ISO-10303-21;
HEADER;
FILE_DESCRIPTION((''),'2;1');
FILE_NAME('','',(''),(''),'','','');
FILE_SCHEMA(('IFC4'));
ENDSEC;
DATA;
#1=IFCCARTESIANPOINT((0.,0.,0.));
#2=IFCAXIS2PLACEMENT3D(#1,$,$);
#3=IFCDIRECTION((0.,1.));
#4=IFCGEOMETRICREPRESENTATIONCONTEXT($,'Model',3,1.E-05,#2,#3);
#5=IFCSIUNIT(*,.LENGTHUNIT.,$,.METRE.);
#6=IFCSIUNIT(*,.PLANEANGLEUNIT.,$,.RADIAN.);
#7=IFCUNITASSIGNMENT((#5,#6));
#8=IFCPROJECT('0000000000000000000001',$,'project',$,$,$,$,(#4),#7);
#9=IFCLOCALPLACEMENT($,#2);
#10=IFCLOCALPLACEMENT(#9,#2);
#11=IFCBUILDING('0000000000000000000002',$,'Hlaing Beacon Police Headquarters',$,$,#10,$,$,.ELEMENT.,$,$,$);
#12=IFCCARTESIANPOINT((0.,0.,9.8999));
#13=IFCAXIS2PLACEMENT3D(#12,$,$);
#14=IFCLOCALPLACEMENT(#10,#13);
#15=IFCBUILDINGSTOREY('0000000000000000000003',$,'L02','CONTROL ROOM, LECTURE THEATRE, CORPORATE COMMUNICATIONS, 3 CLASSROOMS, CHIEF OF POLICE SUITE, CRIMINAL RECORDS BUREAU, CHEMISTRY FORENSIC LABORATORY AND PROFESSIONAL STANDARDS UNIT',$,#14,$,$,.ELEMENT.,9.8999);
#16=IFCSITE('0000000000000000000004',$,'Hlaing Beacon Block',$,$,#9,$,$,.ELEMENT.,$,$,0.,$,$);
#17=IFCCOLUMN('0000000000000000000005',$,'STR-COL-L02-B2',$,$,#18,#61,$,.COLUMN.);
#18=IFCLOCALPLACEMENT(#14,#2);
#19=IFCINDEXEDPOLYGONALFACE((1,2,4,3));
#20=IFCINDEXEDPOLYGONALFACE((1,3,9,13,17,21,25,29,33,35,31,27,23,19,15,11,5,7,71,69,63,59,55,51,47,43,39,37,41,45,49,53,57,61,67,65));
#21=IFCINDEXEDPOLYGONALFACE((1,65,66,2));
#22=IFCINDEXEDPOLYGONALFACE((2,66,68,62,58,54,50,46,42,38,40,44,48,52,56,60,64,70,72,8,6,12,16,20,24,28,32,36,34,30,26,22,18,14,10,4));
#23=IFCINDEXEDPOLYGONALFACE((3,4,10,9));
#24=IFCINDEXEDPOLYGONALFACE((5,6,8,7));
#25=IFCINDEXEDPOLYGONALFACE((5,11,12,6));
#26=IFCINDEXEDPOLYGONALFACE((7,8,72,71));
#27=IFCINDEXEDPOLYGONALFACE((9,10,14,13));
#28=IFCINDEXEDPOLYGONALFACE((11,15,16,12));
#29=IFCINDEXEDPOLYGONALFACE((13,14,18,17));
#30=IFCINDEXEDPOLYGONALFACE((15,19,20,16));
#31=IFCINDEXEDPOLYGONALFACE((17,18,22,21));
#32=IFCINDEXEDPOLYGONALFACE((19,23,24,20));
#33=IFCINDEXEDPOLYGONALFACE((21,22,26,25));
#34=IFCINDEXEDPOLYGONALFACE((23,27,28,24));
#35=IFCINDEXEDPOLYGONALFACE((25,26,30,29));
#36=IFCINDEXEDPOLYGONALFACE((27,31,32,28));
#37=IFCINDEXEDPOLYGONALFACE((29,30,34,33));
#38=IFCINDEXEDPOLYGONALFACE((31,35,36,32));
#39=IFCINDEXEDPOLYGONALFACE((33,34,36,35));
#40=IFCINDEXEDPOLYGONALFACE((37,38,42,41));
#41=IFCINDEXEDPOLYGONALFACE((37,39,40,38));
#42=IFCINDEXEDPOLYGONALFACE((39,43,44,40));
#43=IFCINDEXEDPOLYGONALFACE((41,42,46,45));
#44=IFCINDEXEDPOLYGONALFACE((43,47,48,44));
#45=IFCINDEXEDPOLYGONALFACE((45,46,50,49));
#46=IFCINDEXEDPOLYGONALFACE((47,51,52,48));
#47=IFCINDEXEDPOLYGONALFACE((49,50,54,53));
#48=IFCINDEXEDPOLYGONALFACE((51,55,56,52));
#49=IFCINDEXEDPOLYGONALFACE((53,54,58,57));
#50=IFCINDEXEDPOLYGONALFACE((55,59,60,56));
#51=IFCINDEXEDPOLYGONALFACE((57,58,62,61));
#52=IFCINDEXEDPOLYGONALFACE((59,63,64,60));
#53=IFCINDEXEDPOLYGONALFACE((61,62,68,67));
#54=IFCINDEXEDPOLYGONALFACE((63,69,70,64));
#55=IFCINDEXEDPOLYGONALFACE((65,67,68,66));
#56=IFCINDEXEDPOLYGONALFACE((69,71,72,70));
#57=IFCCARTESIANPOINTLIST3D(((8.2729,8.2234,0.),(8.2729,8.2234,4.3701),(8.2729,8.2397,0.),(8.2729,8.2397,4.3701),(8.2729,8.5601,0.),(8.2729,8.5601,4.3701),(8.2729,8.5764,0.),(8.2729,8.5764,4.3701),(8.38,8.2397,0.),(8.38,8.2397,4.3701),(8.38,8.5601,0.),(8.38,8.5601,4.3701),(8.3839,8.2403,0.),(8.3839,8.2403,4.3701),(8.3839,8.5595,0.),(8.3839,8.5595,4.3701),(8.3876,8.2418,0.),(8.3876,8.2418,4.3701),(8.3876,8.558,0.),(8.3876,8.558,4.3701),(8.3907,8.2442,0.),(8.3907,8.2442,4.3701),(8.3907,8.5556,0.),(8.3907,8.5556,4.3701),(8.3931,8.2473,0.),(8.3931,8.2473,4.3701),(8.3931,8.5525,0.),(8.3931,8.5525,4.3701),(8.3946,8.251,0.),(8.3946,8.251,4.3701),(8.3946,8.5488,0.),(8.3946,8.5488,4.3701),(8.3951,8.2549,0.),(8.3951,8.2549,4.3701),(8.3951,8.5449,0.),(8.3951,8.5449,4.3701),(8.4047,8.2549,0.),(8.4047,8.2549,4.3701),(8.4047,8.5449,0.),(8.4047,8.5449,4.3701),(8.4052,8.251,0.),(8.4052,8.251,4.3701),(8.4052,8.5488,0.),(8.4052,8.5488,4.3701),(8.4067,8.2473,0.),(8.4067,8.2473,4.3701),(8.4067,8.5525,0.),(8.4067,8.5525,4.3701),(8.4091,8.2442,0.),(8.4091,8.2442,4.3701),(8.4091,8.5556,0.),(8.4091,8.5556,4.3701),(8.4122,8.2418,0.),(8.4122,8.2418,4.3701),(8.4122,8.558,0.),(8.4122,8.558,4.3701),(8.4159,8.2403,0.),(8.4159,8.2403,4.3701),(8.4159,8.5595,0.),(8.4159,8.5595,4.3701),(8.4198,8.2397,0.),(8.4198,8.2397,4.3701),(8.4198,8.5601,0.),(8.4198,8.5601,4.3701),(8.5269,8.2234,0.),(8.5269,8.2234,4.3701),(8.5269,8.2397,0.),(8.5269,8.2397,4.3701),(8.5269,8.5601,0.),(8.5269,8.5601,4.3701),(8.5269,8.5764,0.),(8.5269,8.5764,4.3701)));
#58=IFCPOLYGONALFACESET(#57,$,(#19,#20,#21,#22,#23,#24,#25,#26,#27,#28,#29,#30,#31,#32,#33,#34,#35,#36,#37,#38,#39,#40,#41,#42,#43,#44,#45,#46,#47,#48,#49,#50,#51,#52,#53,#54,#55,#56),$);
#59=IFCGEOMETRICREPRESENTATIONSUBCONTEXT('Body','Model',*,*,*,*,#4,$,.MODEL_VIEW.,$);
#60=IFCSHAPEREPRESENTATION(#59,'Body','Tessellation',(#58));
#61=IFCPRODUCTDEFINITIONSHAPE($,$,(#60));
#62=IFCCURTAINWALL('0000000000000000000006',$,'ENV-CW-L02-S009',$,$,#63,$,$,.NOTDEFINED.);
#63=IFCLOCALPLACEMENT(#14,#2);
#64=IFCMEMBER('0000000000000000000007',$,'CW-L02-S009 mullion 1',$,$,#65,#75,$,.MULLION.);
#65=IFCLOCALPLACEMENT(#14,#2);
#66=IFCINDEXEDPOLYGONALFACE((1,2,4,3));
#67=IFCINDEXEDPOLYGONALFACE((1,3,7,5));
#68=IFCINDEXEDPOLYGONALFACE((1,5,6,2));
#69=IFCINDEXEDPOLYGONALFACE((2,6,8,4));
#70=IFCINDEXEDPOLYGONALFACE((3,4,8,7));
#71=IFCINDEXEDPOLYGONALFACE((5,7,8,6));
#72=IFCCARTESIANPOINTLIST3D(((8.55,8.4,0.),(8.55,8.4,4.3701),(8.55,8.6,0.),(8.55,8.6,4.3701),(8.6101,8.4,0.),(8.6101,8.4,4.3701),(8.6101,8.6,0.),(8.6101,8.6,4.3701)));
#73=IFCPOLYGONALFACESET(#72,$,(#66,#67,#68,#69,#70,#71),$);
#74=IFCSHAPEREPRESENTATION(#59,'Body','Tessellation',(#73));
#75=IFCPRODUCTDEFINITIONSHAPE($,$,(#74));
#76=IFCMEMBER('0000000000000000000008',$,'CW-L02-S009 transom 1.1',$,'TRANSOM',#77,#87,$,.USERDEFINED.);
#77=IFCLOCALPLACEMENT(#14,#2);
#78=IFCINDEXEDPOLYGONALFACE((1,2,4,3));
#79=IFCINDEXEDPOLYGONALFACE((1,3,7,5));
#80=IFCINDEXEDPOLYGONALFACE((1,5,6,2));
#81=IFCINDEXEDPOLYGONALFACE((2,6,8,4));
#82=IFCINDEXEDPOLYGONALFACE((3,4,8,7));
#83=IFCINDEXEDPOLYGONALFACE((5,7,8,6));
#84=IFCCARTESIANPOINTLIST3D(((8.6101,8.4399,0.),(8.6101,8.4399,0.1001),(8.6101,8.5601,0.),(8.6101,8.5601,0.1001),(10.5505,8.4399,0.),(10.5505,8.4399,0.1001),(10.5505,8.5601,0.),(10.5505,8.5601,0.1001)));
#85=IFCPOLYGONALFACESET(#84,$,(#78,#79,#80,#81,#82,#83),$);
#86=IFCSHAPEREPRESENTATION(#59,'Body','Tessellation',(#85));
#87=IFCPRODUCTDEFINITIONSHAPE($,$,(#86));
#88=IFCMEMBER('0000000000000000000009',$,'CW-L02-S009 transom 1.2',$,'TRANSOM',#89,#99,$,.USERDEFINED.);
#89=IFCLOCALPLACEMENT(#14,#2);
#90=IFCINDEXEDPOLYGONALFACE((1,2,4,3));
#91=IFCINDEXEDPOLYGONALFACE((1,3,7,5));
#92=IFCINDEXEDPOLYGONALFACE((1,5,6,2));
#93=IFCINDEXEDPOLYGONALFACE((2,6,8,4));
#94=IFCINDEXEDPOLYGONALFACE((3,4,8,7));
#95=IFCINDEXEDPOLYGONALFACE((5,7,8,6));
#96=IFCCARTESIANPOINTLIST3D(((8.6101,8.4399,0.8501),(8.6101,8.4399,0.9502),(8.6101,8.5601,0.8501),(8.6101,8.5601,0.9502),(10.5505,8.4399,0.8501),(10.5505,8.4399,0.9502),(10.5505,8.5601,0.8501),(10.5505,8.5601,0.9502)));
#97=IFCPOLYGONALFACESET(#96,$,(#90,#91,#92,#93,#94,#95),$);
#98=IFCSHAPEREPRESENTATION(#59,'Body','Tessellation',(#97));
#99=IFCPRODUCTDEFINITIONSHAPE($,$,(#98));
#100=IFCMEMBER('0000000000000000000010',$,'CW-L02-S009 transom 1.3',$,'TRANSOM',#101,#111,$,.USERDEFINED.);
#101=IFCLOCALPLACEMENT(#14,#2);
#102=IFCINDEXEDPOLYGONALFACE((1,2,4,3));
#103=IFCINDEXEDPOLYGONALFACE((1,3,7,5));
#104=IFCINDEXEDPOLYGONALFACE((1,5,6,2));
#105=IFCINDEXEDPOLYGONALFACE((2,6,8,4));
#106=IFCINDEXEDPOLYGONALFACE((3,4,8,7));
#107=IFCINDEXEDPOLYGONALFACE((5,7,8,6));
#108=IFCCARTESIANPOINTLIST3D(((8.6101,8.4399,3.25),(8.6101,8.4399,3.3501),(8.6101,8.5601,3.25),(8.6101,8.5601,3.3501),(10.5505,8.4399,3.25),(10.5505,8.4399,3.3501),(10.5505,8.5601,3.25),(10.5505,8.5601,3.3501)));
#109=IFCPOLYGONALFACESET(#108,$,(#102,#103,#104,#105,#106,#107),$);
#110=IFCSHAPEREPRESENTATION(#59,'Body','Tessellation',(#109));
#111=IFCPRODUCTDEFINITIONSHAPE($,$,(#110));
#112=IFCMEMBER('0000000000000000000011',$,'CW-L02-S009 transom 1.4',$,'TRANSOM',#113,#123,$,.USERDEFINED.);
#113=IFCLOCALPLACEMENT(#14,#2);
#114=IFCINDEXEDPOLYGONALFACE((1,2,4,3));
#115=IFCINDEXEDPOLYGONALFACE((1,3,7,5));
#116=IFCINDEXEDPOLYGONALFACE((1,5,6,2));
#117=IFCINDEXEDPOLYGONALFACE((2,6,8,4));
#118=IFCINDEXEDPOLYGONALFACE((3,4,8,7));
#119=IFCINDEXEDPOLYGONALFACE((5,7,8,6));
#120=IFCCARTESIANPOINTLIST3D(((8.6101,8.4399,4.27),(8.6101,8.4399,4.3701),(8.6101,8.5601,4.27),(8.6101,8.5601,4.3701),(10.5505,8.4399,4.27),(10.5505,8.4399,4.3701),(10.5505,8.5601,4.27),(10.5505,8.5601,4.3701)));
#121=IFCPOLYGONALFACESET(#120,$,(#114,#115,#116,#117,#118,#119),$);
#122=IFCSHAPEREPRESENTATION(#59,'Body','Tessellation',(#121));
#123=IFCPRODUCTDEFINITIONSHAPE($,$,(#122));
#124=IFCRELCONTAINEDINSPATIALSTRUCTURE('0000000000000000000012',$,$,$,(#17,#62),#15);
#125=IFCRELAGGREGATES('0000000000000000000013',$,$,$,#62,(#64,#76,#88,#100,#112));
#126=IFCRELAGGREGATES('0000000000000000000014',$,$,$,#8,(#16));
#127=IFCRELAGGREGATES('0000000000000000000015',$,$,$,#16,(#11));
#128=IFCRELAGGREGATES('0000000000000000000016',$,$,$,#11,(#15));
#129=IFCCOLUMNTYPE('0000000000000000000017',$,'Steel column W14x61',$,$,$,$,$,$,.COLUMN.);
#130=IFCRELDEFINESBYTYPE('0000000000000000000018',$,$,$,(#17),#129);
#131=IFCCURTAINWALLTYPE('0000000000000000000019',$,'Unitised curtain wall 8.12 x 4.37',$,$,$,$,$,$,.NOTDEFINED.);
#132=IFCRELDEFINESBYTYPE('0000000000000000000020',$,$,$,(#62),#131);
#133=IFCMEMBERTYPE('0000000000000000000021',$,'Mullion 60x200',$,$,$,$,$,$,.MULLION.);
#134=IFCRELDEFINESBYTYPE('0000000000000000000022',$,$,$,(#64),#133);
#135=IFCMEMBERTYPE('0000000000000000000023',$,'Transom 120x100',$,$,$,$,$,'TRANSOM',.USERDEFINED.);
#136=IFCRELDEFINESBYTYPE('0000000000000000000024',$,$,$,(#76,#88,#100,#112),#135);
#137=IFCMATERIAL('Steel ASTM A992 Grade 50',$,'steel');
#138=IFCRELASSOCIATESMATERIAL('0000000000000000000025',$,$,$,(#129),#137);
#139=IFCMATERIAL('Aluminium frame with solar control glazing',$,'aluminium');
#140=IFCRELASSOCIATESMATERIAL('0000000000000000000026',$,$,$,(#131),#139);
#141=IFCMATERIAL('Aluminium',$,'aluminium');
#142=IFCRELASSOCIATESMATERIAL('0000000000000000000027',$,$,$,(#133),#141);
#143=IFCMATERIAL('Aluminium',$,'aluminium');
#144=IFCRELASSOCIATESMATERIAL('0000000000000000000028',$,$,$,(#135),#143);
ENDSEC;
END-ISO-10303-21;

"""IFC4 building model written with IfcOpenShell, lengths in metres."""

from ifc_helpers import new_model, si_unit, direction, frame, origin, origin_2d, place, context, subcontext, project, spatial, rectangle, i_section, extrude, material, material_profile, profile_set, type_object, element, aggregate, save


model = new_model("IFC4")

# Units and contexts
model_context = context("Model", 3, precision=1e-05, world=origin(), true_north=direction((0.0, 1.0)))
body_context = subcontext(model_context, "Body", "Model", "MODEL_VIEW")
ifc_project = project(units=[si_unit("LENGTHUNIT", "METRE"), si_unit("PLANEANGLEUNIT", "RADIAN")], contexts=[model_context])

# Site, building, storey
site_placement = place(None, origin())
site = spatial("IfcSite", under=ifc_project, at=site_placement, Name="Hlaing Beacon Block", CompositionType="ELEMENT", RefElevation=0.0)
building_placement = place(site_placement, origin())
building = spatial("IfcBuilding", under=site, at=building_placement, Name="Hlaing Beacon Police Headquarters", CompositionType="ELEMENT")
storey_placement = place(building_placement, frame((0.0, 0.0, 9.8999)))
storey = spatial("IfcBuildingStorey", under=building, at=storey_placement, Name="L02", Description="CONTROL ROOM, LECTURE THEATRE, CORPORATE COMMUNICATIONS, 3 CLASSROOMS, CHIEF OF POLICE SUITE, CRIMINAL RECORDS BUREAU, CHEMISTRY FORENSIC LABORATORY AND PROFESSIONAL STANDARDS UNIT", CompositionType="ELEMENT", Elevation=9.8999)

# Column
ifc_material_1 = material(Name="Steel ASTM A992 Grade 50", Category="steel")
ifc_material_profile_1 = material_profile(ifc_material_1, i_section(OverallWidth=0.2539, OverallDepth=0.353, WebThickness=0.0095, FlangeThickness=0.0164, FilletRadius=0.0151, at=origin_2d()), Name="W14x61")
ifc_profile_set_1 = profile_set([ifc_material_profile_1], Name="Steel ASTM A992 Grade 50")
column_type = type_object("IfcColumnType", Name="Steel column W14x61", PredefinedType="COLUMN", material=ifc_profile_set_1)
column_placement = place(storey_placement, frame((8.3999, 8.3999, 0.0), z_axis=(0.0, 0.0, 1.0), x_axis=(1.0, 0.0, 0.0)))
element("IfcColumn", 1, at=column_placement, inside=storey, type_object=column_type, Name="STR-COL-L02-B2", PredefinedType="COLUMN", context=body_context, shape_type="SweptSolid", body=[
    extrude(i_section(OverallWidth=0.2539, OverallDepth=0.353, WebThickness=0.0095, FlangeThickness=0.0164, FilletRadius=0.0151, at=origin_2d()), origin(), (0.0, 0.0, 1.0), 4.3701),
])

# Curtain wall, members
ifc_material_2 = material(Name="Aluminium frame with solar control glazing", Category="aluminium")
curtain_wall_type = type_object("IfcCurtainWallType", Name="Unitised curtain wall 8.12 x 4.37", PredefinedType="NOTDEFINED", material=ifc_material_2)
curtain_wall_placement = place(storey_placement, origin())
curtain_wall = element("IfcCurtainWall", 2, at=curtain_wall_placement, inside=storey, type_object=curtain_wall_type, Name="ENV-CW-L02-S009", PredefinedType="NOTDEFINED")
ifc_material_3 = material(Name="Aluminium", Category="aluminium")
ifc_material_profile_2 = material_profile(ifc_material_3, rectangle(XDim=0.2, YDim=0.0601, at=origin_2d()), Name="Mullion 60x200")
ifc_profile_set_2 = profile_set([ifc_material_profile_2], Name="Aluminium")
member_type_1 = type_object("IfcMemberType", Name="Mullion 60x200", PredefinedType="MULLION", material=ifc_profile_set_2)
member_1_placement = place(storey_placement, frame((8.5801, 8.5, 0.0), z_axis=(0.0, 0.0, 1.0), x_axis=(0.0, 1.0, 0.0)))
member_1 = element("IfcMember", 3, at=member_1_placement, type_object=member_type_1, Name="CW-L02-S009 mullion 1", PredefinedType="MULLION", context=body_context, shape_type="SweptSolid", body=[
    extrude(rectangle(XDim=0.2, YDim=0.0601, at=origin_2d()), origin(), (0.0, 0.0, 1.0), 4.3701),
])
ifc_material_4 = material(Name="Aluminium", Category="aluminium")
ifc_material_profile_3 = material_profile(ifc_material_4, rectangle(XDim=0.1201, YDim=0.1001, at=origin_2d()), Name="Transom 120x100")
ifc_profile_set_3 = profile_set([ifc_material_profile_3], Name="Aluminium")
member_type_2 = type_object("IfcMemberType", Name="Transom 120x100", ElementType="TRANSOM", PredefinedType="USERDEFINED", material=ifc_profile_set_3)
member_2_placement = place(storey_placement, frame((8.6101, 8.5, 0.05), z_axis=(1.0, 0.0, 0.0), x_axis=(0.0, 1.0, 0.0)))
member_2 = element("IfcMember", 4, at=member_2_placement, type_object=member_type_2, Name="CW-L02-S009 transom 1.1", ObjectType="TRANSOM", PredefinedType="USERDEFINED", context=body_context, shape_type="SweptSolid", body=[
    extrude(rectangle(XDim=0.1201, YDim=0.1001, at=origin_2d()), origin(), (0.0, 0.0, 1.0), 1.9404),
])
member_3_placement = place(storey_placement, frame((8.6101, 8.5, 0.9001), z_axis=(1.0, 0.0, 0.0), x_axis=(0.0, 1.0, 0.0)))
member_3 = element("IfcMember", 5, at=member_3_placement, type_object=member_type_2, Name="CW-L02-S009 transom 1.2", ObjectType="TRANSOM", PredefinedType="USERDEFINED", context=body_context, shape_type="SweptSolid", body=[
    extrude(rectangle(XDim=0.1201, YDim=0.1001, at=origin_2d()), origin(), (0.0, 0.0, 1.0), 1.9404),
])
member_4_placement = place(storey_placement, frame((8.6101, 8.5, 3.3), z_axis=(1.0, 0.0, 0.0), x_axis=(0.0, 1.0, 0.0)))
member_4 = element("IfcMember", 6, at=member_4_placement, type_object=member_type_2, Name="CW-L02-S009 transom 1.3", ObjectType="TRANSOM", PredefinedType="USERDEFINED", context=body_context, shape_type="SweptSolid", body=[
    extrude(rectangle(XDim=0.1201, YDim=0.1001, at=origin_2d()), origin(), (0.0, 0.0, 1.0), 1.9404),
])
member_5_placement = place(storey_placement, frame((8.6101, 8.5, 4.3201), z_axis=(1.0, 0.0, 0.0), x_axis=(0.0, 1.0, 0.0)))
member_5 = element("IfcMember", 7, at=member_5_placement, type_object=member_type_2, Name="CW-L02-S009 transom 1.4", ObjectType="TRANSOM", PredefinedType="USERDEFINED", context=body_context, shape_type="SweptSolid", body=[
    extrude(rectangle(XDim=0.1201, YDim=0.1001, at=origin_2d()), origin(), (0.0, 0.0, 1.0), 1.9404),
])
aggregate(curtain_wall, [member_1, member_2, member_3, member_4, member_5])

save(model, "model.ifc")
